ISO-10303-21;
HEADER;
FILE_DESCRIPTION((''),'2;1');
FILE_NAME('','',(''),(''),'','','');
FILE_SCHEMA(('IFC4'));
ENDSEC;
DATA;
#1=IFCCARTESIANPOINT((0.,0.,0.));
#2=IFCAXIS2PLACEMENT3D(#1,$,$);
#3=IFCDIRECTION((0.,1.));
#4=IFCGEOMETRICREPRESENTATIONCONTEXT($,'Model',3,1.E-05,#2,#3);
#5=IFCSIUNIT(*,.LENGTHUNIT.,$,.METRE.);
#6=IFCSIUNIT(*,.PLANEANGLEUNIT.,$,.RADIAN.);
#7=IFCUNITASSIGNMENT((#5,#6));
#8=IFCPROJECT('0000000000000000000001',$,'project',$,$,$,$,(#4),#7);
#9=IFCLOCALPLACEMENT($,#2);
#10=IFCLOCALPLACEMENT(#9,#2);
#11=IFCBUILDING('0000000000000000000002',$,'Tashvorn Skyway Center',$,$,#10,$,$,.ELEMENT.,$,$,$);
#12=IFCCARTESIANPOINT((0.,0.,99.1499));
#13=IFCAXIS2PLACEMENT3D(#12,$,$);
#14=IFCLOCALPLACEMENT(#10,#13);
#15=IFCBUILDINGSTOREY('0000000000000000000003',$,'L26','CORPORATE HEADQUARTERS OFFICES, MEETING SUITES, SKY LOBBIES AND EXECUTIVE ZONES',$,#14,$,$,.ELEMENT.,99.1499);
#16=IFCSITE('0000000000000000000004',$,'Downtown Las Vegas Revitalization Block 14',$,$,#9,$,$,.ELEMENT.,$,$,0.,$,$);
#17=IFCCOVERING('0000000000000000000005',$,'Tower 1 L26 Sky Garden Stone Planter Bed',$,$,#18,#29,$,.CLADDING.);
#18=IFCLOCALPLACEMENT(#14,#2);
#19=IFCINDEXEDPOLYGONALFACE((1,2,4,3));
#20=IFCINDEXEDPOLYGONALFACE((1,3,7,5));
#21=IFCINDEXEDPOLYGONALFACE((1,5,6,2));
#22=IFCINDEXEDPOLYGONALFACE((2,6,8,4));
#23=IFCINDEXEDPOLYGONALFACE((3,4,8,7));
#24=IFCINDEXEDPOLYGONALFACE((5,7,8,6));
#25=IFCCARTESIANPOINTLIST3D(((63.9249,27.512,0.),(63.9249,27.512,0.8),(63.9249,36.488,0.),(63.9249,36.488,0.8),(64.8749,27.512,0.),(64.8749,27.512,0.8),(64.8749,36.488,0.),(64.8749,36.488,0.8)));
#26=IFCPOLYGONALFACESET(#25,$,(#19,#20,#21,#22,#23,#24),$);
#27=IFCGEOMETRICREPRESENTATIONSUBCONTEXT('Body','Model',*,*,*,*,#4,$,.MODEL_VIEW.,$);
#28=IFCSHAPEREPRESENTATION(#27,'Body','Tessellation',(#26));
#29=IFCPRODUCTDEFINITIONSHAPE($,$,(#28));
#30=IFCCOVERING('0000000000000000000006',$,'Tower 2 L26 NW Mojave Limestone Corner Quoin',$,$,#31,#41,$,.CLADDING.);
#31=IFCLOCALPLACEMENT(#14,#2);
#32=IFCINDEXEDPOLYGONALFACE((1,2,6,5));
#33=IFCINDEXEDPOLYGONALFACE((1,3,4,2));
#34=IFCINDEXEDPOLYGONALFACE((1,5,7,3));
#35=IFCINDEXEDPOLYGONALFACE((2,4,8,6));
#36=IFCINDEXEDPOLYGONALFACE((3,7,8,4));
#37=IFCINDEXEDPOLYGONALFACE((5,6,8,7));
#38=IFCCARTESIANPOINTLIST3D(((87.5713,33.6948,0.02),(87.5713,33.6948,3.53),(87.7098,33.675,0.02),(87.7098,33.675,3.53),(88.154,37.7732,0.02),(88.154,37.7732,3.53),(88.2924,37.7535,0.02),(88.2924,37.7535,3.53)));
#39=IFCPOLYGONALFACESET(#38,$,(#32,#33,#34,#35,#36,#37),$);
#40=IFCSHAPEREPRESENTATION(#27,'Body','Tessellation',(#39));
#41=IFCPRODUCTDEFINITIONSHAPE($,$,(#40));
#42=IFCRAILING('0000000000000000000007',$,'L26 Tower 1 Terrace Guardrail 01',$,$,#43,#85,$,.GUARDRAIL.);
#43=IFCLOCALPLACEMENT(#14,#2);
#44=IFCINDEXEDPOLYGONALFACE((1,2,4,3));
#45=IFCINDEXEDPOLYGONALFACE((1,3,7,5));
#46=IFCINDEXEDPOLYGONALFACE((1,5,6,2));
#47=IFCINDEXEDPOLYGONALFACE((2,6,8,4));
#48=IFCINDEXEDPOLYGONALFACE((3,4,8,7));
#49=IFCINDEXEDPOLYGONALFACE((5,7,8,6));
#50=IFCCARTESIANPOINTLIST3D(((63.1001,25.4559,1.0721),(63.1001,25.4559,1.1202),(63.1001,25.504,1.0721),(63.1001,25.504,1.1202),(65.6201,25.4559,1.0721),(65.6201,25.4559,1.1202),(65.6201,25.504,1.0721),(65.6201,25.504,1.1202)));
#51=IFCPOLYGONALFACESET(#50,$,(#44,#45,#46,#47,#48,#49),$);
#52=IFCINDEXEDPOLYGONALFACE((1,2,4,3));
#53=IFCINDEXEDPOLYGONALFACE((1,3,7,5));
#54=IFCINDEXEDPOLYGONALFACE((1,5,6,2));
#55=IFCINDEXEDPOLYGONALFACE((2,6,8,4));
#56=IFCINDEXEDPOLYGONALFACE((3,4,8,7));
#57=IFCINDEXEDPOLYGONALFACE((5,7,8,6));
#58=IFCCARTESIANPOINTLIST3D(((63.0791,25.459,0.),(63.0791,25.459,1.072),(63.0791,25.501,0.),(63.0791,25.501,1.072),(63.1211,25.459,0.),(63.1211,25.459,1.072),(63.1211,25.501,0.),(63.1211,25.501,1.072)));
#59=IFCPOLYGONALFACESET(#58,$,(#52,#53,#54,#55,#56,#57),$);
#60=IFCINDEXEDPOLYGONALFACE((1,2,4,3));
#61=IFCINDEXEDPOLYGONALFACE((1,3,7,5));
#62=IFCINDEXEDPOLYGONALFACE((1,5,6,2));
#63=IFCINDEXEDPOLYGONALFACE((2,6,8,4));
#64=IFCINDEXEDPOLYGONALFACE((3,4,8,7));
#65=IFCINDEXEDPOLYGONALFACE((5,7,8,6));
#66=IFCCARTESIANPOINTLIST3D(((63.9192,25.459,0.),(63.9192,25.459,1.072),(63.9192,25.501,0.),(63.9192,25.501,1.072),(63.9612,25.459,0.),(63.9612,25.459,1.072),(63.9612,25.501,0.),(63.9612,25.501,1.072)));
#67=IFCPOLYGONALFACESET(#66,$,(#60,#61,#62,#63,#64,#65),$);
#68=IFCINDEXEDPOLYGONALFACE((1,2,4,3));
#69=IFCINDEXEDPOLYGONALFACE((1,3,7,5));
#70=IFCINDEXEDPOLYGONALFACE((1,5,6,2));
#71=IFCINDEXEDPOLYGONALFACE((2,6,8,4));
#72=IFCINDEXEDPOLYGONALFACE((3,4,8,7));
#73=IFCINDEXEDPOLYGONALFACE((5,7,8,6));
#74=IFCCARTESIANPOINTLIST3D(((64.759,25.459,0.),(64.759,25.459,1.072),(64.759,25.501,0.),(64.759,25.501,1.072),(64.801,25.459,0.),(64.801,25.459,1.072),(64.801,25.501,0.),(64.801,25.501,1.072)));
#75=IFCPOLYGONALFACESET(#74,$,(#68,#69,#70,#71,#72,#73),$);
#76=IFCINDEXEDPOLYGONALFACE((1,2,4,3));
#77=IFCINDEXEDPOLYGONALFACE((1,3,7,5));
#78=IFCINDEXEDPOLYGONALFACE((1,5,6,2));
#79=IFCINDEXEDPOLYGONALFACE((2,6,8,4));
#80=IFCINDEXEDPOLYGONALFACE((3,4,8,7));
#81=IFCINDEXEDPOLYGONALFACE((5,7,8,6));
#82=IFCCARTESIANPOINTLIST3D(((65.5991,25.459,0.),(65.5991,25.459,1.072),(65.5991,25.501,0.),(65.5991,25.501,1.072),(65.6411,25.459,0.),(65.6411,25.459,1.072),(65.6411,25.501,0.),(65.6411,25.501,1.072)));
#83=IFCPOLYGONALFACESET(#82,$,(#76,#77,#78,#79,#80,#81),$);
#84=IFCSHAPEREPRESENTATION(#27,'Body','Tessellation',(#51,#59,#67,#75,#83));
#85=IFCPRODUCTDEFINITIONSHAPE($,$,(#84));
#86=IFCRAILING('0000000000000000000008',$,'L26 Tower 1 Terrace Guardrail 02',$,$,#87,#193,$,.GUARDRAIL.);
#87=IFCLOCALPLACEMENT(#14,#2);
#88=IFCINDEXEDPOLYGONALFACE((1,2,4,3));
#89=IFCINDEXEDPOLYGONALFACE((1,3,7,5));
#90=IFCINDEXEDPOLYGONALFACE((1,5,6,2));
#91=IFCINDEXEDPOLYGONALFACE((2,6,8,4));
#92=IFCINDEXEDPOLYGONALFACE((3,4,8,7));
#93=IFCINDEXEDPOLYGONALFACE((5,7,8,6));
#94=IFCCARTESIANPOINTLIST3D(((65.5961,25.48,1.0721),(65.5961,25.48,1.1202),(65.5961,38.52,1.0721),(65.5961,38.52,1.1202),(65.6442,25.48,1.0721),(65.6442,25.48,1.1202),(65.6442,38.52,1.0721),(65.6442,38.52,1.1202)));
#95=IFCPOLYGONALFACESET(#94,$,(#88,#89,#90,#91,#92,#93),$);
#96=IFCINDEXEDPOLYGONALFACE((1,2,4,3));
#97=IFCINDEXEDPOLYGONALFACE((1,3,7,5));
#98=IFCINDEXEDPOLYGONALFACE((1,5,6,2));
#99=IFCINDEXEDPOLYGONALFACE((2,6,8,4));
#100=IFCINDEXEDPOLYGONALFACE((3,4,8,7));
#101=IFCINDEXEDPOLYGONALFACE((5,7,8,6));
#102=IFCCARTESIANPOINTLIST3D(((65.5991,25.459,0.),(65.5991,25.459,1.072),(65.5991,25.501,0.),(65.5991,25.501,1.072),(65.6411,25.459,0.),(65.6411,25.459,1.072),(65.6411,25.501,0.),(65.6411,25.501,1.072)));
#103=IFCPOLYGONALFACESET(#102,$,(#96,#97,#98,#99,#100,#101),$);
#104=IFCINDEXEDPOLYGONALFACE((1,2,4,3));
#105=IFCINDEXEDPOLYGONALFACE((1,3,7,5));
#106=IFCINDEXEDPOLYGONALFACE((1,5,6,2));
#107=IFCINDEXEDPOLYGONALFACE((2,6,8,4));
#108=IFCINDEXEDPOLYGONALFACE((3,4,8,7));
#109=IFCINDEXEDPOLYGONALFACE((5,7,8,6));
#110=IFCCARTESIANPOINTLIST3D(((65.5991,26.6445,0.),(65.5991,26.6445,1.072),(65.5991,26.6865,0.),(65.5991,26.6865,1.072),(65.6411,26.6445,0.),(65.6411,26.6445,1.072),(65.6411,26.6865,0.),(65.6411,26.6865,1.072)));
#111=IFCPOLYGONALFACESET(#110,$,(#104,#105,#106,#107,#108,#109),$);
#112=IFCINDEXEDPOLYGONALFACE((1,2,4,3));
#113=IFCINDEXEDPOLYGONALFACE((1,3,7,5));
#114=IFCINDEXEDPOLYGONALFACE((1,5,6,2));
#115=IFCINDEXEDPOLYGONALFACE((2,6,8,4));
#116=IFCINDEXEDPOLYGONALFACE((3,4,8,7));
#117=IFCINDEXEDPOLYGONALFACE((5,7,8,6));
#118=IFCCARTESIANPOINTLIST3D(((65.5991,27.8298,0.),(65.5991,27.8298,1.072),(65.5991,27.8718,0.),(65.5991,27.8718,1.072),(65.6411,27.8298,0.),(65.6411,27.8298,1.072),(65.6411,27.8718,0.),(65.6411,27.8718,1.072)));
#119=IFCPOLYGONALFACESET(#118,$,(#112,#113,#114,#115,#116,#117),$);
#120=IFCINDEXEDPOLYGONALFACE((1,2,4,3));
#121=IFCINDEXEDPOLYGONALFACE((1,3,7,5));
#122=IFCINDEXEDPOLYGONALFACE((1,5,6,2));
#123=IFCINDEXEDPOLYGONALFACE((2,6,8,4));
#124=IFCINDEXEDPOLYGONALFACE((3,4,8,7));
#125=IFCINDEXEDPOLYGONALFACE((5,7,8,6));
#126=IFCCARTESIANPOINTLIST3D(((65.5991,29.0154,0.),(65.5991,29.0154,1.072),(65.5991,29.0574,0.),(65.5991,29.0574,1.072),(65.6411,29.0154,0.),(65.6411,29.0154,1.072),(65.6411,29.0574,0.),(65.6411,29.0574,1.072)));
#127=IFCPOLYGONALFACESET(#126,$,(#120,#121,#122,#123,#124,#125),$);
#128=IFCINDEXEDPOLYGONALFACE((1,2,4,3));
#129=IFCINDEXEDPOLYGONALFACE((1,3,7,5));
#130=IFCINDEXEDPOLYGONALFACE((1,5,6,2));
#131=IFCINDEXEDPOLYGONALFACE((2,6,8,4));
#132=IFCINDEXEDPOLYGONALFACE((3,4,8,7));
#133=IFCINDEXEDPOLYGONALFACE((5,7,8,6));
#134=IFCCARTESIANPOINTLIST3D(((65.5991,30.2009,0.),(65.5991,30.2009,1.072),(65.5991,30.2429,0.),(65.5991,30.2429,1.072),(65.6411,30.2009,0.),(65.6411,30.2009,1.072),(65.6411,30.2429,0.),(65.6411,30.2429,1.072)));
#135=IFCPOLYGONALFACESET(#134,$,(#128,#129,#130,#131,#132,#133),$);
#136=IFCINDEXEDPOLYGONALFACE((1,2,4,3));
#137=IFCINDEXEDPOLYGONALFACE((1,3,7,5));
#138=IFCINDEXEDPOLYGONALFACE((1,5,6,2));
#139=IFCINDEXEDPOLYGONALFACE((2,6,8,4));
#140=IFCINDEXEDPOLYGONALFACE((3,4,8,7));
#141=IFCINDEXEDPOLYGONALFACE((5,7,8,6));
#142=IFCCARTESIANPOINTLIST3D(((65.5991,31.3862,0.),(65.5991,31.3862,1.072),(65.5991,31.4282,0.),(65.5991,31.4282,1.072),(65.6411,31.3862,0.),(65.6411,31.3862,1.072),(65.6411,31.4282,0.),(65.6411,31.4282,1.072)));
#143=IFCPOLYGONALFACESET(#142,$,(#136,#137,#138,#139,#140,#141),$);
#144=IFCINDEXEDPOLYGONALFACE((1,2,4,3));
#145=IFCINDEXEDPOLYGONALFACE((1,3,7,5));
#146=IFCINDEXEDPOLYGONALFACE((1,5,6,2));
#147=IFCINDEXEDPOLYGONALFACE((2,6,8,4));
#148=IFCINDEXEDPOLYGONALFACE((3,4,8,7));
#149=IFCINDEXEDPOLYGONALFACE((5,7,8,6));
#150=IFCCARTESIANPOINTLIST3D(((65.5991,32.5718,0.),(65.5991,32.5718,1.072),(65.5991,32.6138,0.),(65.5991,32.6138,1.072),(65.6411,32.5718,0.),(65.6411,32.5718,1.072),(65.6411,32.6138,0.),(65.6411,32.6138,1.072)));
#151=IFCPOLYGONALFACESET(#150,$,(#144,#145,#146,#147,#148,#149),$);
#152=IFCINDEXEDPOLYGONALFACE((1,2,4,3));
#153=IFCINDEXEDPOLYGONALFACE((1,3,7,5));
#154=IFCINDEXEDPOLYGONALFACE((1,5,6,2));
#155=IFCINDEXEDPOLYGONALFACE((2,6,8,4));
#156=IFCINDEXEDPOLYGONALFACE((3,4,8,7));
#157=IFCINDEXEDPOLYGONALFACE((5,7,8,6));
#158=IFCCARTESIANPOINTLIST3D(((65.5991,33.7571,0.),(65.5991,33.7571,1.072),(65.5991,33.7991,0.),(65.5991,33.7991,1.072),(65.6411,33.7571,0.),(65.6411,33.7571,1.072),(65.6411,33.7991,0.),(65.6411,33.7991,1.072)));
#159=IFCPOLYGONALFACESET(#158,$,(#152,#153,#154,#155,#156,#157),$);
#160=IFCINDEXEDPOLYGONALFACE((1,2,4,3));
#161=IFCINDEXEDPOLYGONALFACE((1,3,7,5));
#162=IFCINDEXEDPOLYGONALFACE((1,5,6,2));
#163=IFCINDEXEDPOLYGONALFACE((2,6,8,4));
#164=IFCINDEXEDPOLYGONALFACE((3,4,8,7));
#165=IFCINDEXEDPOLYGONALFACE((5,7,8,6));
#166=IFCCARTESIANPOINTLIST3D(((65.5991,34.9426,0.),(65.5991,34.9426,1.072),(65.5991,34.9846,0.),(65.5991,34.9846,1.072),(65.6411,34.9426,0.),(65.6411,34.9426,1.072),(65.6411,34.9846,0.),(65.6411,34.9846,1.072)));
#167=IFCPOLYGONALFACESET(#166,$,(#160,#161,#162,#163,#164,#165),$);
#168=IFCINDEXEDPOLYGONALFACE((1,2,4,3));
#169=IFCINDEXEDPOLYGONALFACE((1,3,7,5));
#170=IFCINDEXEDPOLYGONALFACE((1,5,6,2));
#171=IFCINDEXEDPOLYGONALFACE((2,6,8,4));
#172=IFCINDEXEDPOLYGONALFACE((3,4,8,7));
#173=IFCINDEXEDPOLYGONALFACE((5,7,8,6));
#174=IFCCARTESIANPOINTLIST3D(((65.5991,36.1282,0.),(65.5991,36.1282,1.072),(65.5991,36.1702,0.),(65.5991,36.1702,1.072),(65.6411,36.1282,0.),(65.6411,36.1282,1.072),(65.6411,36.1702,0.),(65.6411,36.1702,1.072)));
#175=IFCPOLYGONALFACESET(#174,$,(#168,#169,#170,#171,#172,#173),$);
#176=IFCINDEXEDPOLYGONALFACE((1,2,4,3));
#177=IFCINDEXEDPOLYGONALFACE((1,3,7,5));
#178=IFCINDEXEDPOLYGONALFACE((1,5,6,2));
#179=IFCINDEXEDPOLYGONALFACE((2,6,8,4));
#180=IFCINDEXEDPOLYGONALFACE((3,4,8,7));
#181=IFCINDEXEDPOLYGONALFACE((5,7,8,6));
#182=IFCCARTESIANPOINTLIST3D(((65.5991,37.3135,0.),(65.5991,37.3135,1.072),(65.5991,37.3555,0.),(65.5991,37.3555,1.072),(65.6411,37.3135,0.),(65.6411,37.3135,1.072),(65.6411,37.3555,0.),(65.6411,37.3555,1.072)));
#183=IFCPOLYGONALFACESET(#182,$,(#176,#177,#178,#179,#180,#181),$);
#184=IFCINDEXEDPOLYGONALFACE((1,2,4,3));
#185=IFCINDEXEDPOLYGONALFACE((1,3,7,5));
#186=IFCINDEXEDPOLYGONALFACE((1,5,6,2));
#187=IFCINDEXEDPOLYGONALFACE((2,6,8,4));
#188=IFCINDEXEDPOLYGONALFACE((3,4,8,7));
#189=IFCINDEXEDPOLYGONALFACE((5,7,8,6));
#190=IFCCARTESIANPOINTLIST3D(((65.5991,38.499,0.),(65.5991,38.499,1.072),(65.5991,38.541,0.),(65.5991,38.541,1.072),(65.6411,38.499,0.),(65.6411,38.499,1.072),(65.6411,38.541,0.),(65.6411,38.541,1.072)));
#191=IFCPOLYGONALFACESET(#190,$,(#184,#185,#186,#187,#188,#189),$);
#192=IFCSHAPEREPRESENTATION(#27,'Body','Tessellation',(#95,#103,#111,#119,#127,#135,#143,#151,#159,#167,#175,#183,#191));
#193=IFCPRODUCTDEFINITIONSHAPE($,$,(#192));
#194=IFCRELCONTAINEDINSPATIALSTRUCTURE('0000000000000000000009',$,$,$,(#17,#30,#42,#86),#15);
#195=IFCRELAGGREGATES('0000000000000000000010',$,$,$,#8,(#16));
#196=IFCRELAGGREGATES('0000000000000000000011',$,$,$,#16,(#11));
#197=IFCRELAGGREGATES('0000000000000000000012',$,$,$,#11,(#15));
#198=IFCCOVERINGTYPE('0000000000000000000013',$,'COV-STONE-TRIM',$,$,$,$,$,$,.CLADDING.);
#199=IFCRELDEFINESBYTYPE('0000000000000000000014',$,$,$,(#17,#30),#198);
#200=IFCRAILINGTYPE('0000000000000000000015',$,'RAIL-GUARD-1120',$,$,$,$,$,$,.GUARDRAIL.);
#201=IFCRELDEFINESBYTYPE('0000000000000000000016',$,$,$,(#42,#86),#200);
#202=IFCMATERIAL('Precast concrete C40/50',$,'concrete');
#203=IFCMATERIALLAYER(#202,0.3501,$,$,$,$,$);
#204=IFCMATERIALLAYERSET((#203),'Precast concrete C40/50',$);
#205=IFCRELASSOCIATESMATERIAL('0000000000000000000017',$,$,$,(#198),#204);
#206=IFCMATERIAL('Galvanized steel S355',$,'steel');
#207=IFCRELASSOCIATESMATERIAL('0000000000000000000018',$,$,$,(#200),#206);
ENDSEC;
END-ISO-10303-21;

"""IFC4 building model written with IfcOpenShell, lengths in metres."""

from ifc_helpers import new_model, si_unit, direction, frame, origin, origin_2d, place, context, subcontext, project, spatial, rectangle, extrude, material, layer, layer_set, type_object, element, save


model = new_model("IFC4")

# Units and contexts
model_context = context("Model", 3, precision=1e-05, world=origin(), true_north=direction((0.0, 1.0)))
body_context = subcontext(model_context, "Body", "Model", "MODEL_VIEW")
ifc_project = project(units=[si_unit("LENGTHUNIT", "METRE"), si_unit("PLANEANGLEUNIT", "RADIAN")], contexts=[model_context])

# Site, building, storey
site_placement = place(None, origin())
site = spatial("IfcSite", under=ifc_project, at=site_placement, Name="Downtown Las Vegas Revitalization Block 14", CompositionType="ELEMENT", RefElevation=0.0)
building_placement = place(site_placement, origin())
building = spatial("IfcBuilding", under=site, at=building_placement, Name="Tashvorn Skyway Center", CompositionType="ELEMENT")
storey_placement = place(building_placement, frame((0.0, 0.0, 99.1499)))
storey = spatial("IfcBuildingStorey", under=building, at=storey_placement, Name="L26", Description="CORPORATE HEADQUARTERS OFFICES, MEETING SUITES, SKY LOBBIES AND EXECUTIVE ZONES", CompositionType="ELEMENT", Elevation=99.1499)

# Shared definitions
ifc_material_1 = material(Name="Precast concrete C40/50", Category="concrete")

# Coverings
ifc_layer_1 = layer(ifc_material_1, 0.3501)
ifc_layer_set_1 = layer_set([ifc_layer_1], Name="Precast concrete C40/50")
covering_type_1 = type_object("IfcCoveringType", Name="COV-STONE-TRIM", PredefinedType="CLADDING", material=ifc_layer_set_1)
covering_1_placement = place(storey_placement, frame((64.3999, 32.0, 0.0), z_axis=(0.0, 0.0, 1.0), x_axis=(0.0, -1.0, 0.0)))
element("IfcCovering", 1, at=covering_1_placement, inside=storey, type_object=covering_type_1, Name="Tower 1 L26 Sky Garden Stone Planter Bed", PredefinedType="CLADDING", context=body_context, shape_type="SweptSolid", body=[
    extrude(rectangle(XDim=8.9761, YDim=0.95, at=origin_2d()), origin(), (0.0, 0.0, 1.0), 0.8),
])
covering_2_placement = place(storey_placement, frame((87.9319, 35.7241, 0.02), z_axis=(0.0, 0.0, 1.0), x_axis=(-0.141421, -0.989949, 0.0)))
element("IfcCovering", 2, at=covering_2_placement, inside=storey, type_object=covering_type_1, Name="Tower 2 L26 NW Mojave Limestone Corner Quoin", PredefinedType="CLADDING", context=body_context, shape_type="SweptSolid", body=[
    extrude(rectangle(XDim=4.1199, YDim=0.1399, at=origin_2d()), origin(), (0.0, 0.0, 1.0), 3.51),
])

# Railings
ifc_material_2 = material(Name="Galvanized steel S355", Category="steel")
railing_type = type_object("IfcRailingType", Name="RAIL-GUARD-1120", PredefinedType="GUARDRAIL", material=ifc_material_2)
railing_1_placement = place(storey_placement, frame((63.1001, 25.48, 0.0)))
element("IfcRailing", 3, at=railing_1_placement, inside=storey, type_object=railing_type, Name="L26 Tower 1 Terrace Guardrail 01", PredefinedType="GUARDRAIL", context=body_context, shape_type="SweptSolid", body=[
    extrude(rectangle(XDim=0.0481, YDim=0.0481, at=origin_2d()), frame((0.0, 0.0, 1.0962), z_axis=(1.0, 0.0, 0.0), x_axis=(0.0, 1.0, 0.0)), (0.0, 0.0, 1.0), 2.52),
    extrude(rectangle(XDim=0.042, YDim=0.042, at=origin_2d()), origin(), (0.0, 0.0, 1.0), 1.072),
    extrude(rectangle(XDim=0.042, YDim=0.042, at=origin_2d()), frame((0.8401, 0.0, 0.0)), (0.0, 0.0, 1.0), 1.072),
    extrude(rectangle(XDim=0.042, YDim=0.042, at=origin_2d()), frame((1.6799, 0.0, 0.0)), (0.0, 0.0, 1.0), 1.072),
    extrude(rectangle(XDim=0.042, YDim=0.042, at=origin_2d()), frame((2.52, 0.0, 0.0)), (0.0, 0.0, 1.0), 1.072),
])
railing_2_placement = place(storey_placement, frame((65.6201, 25.48, 0.0)))
element("IfcRailing", 4, at=railing_2_placement, inside=storey, type_object=railing_type, Name="L26 Tower 1 Terrace Guardrail 02", PredefinedType="GUARDRAIL", context=body_context, shape_type="SweptSolid", body=[
    extrude(rectangle(XDim=0.0481, YDim=0.0481, at=origin_2d()), frame((0.0, 0.0, 1.0962), z_axis=(0.0, 1.0, 0.0), x_axis=(-1.0, 0.0, 0.0)), (0.0, 0.0, 1.0), 13.04),
    extrude(rectangle(XDim=0.042, YDim=0.042, at=origin_2d()), origin(), (0.0, 0.0, 1.0), 1.072),
    extrude(rectangle(XDim=0.042, YDim=0.042, at=origin_2d()), frame((0.0, 1.1855, 0.0)), (0.0, 0.0, 1.0), 1.072),
    extrude(rectangle(XDim=0.042, YDim=0.042, at=origin_2d()), frame((0.0, 2.3708, 0.0)), (0.0, 0.0, 1.0), 1.072),
    extrude(rectangle(XDim=0.042, YDim=0.042, at=origin_2d()), frame((0.0, 3.5564, 0.0)), (0.0, 0.0, 1.0), 1.072),
    extrude(rectangle(XDim=0.042, YDim=0.042, at=origin_2d()), frame((0.0, 4.7419, 0.0)), (0.0, 0.0, 1.0), 1.072),
    extrude(rectangle(XDim=0.042, YDim=0.042, at=origin_2d()), frame((0.0, 5.9272, 0.0)), (0.0, 0.0, 1.0), 1.072),
    extrude(rectangle(XDim=0.042, YDim=0.042, at=origin_2d()), frame((0.0, 7.1128, 0.0)), (0.0, 0.0, 1.0), 1.072),
    extrude(rectangle(XDim=0.042, YDim=0.042, at=origin_2d()), frame((0.0, 8.2981, 0.0)), (0.0, 0.0, 1.0), 1.072),
    extrude(rectangle(XDim=0.042, YDim=0.042, at=origin_2d()), frame((0.0, 9.4836, 0.0)), (0.0, 0.0, 1.0), 1.072),
    extrude(rectangle(XDim=0.042, YDim=0.042, at=origin_2d()), frame((0.0, 10.6692, 0.0)), (0.0, 0.0, 1.0), 1.072),
    extrude(rectangle(XDim=0.042, YDim=0.042, at=origin_2d()), frame((0.0, 11.8545, 0.0)), (0.0, 0.0, 1.0), 1.072),
    extrude(rectangle(XDim=0.042, YDim=0.042, at=origin_2d()), frame((0.0, 13.04, 0.0)), (0.0, 0.0, 1.0), 1.072),
])

save(model, "model.ifc")
